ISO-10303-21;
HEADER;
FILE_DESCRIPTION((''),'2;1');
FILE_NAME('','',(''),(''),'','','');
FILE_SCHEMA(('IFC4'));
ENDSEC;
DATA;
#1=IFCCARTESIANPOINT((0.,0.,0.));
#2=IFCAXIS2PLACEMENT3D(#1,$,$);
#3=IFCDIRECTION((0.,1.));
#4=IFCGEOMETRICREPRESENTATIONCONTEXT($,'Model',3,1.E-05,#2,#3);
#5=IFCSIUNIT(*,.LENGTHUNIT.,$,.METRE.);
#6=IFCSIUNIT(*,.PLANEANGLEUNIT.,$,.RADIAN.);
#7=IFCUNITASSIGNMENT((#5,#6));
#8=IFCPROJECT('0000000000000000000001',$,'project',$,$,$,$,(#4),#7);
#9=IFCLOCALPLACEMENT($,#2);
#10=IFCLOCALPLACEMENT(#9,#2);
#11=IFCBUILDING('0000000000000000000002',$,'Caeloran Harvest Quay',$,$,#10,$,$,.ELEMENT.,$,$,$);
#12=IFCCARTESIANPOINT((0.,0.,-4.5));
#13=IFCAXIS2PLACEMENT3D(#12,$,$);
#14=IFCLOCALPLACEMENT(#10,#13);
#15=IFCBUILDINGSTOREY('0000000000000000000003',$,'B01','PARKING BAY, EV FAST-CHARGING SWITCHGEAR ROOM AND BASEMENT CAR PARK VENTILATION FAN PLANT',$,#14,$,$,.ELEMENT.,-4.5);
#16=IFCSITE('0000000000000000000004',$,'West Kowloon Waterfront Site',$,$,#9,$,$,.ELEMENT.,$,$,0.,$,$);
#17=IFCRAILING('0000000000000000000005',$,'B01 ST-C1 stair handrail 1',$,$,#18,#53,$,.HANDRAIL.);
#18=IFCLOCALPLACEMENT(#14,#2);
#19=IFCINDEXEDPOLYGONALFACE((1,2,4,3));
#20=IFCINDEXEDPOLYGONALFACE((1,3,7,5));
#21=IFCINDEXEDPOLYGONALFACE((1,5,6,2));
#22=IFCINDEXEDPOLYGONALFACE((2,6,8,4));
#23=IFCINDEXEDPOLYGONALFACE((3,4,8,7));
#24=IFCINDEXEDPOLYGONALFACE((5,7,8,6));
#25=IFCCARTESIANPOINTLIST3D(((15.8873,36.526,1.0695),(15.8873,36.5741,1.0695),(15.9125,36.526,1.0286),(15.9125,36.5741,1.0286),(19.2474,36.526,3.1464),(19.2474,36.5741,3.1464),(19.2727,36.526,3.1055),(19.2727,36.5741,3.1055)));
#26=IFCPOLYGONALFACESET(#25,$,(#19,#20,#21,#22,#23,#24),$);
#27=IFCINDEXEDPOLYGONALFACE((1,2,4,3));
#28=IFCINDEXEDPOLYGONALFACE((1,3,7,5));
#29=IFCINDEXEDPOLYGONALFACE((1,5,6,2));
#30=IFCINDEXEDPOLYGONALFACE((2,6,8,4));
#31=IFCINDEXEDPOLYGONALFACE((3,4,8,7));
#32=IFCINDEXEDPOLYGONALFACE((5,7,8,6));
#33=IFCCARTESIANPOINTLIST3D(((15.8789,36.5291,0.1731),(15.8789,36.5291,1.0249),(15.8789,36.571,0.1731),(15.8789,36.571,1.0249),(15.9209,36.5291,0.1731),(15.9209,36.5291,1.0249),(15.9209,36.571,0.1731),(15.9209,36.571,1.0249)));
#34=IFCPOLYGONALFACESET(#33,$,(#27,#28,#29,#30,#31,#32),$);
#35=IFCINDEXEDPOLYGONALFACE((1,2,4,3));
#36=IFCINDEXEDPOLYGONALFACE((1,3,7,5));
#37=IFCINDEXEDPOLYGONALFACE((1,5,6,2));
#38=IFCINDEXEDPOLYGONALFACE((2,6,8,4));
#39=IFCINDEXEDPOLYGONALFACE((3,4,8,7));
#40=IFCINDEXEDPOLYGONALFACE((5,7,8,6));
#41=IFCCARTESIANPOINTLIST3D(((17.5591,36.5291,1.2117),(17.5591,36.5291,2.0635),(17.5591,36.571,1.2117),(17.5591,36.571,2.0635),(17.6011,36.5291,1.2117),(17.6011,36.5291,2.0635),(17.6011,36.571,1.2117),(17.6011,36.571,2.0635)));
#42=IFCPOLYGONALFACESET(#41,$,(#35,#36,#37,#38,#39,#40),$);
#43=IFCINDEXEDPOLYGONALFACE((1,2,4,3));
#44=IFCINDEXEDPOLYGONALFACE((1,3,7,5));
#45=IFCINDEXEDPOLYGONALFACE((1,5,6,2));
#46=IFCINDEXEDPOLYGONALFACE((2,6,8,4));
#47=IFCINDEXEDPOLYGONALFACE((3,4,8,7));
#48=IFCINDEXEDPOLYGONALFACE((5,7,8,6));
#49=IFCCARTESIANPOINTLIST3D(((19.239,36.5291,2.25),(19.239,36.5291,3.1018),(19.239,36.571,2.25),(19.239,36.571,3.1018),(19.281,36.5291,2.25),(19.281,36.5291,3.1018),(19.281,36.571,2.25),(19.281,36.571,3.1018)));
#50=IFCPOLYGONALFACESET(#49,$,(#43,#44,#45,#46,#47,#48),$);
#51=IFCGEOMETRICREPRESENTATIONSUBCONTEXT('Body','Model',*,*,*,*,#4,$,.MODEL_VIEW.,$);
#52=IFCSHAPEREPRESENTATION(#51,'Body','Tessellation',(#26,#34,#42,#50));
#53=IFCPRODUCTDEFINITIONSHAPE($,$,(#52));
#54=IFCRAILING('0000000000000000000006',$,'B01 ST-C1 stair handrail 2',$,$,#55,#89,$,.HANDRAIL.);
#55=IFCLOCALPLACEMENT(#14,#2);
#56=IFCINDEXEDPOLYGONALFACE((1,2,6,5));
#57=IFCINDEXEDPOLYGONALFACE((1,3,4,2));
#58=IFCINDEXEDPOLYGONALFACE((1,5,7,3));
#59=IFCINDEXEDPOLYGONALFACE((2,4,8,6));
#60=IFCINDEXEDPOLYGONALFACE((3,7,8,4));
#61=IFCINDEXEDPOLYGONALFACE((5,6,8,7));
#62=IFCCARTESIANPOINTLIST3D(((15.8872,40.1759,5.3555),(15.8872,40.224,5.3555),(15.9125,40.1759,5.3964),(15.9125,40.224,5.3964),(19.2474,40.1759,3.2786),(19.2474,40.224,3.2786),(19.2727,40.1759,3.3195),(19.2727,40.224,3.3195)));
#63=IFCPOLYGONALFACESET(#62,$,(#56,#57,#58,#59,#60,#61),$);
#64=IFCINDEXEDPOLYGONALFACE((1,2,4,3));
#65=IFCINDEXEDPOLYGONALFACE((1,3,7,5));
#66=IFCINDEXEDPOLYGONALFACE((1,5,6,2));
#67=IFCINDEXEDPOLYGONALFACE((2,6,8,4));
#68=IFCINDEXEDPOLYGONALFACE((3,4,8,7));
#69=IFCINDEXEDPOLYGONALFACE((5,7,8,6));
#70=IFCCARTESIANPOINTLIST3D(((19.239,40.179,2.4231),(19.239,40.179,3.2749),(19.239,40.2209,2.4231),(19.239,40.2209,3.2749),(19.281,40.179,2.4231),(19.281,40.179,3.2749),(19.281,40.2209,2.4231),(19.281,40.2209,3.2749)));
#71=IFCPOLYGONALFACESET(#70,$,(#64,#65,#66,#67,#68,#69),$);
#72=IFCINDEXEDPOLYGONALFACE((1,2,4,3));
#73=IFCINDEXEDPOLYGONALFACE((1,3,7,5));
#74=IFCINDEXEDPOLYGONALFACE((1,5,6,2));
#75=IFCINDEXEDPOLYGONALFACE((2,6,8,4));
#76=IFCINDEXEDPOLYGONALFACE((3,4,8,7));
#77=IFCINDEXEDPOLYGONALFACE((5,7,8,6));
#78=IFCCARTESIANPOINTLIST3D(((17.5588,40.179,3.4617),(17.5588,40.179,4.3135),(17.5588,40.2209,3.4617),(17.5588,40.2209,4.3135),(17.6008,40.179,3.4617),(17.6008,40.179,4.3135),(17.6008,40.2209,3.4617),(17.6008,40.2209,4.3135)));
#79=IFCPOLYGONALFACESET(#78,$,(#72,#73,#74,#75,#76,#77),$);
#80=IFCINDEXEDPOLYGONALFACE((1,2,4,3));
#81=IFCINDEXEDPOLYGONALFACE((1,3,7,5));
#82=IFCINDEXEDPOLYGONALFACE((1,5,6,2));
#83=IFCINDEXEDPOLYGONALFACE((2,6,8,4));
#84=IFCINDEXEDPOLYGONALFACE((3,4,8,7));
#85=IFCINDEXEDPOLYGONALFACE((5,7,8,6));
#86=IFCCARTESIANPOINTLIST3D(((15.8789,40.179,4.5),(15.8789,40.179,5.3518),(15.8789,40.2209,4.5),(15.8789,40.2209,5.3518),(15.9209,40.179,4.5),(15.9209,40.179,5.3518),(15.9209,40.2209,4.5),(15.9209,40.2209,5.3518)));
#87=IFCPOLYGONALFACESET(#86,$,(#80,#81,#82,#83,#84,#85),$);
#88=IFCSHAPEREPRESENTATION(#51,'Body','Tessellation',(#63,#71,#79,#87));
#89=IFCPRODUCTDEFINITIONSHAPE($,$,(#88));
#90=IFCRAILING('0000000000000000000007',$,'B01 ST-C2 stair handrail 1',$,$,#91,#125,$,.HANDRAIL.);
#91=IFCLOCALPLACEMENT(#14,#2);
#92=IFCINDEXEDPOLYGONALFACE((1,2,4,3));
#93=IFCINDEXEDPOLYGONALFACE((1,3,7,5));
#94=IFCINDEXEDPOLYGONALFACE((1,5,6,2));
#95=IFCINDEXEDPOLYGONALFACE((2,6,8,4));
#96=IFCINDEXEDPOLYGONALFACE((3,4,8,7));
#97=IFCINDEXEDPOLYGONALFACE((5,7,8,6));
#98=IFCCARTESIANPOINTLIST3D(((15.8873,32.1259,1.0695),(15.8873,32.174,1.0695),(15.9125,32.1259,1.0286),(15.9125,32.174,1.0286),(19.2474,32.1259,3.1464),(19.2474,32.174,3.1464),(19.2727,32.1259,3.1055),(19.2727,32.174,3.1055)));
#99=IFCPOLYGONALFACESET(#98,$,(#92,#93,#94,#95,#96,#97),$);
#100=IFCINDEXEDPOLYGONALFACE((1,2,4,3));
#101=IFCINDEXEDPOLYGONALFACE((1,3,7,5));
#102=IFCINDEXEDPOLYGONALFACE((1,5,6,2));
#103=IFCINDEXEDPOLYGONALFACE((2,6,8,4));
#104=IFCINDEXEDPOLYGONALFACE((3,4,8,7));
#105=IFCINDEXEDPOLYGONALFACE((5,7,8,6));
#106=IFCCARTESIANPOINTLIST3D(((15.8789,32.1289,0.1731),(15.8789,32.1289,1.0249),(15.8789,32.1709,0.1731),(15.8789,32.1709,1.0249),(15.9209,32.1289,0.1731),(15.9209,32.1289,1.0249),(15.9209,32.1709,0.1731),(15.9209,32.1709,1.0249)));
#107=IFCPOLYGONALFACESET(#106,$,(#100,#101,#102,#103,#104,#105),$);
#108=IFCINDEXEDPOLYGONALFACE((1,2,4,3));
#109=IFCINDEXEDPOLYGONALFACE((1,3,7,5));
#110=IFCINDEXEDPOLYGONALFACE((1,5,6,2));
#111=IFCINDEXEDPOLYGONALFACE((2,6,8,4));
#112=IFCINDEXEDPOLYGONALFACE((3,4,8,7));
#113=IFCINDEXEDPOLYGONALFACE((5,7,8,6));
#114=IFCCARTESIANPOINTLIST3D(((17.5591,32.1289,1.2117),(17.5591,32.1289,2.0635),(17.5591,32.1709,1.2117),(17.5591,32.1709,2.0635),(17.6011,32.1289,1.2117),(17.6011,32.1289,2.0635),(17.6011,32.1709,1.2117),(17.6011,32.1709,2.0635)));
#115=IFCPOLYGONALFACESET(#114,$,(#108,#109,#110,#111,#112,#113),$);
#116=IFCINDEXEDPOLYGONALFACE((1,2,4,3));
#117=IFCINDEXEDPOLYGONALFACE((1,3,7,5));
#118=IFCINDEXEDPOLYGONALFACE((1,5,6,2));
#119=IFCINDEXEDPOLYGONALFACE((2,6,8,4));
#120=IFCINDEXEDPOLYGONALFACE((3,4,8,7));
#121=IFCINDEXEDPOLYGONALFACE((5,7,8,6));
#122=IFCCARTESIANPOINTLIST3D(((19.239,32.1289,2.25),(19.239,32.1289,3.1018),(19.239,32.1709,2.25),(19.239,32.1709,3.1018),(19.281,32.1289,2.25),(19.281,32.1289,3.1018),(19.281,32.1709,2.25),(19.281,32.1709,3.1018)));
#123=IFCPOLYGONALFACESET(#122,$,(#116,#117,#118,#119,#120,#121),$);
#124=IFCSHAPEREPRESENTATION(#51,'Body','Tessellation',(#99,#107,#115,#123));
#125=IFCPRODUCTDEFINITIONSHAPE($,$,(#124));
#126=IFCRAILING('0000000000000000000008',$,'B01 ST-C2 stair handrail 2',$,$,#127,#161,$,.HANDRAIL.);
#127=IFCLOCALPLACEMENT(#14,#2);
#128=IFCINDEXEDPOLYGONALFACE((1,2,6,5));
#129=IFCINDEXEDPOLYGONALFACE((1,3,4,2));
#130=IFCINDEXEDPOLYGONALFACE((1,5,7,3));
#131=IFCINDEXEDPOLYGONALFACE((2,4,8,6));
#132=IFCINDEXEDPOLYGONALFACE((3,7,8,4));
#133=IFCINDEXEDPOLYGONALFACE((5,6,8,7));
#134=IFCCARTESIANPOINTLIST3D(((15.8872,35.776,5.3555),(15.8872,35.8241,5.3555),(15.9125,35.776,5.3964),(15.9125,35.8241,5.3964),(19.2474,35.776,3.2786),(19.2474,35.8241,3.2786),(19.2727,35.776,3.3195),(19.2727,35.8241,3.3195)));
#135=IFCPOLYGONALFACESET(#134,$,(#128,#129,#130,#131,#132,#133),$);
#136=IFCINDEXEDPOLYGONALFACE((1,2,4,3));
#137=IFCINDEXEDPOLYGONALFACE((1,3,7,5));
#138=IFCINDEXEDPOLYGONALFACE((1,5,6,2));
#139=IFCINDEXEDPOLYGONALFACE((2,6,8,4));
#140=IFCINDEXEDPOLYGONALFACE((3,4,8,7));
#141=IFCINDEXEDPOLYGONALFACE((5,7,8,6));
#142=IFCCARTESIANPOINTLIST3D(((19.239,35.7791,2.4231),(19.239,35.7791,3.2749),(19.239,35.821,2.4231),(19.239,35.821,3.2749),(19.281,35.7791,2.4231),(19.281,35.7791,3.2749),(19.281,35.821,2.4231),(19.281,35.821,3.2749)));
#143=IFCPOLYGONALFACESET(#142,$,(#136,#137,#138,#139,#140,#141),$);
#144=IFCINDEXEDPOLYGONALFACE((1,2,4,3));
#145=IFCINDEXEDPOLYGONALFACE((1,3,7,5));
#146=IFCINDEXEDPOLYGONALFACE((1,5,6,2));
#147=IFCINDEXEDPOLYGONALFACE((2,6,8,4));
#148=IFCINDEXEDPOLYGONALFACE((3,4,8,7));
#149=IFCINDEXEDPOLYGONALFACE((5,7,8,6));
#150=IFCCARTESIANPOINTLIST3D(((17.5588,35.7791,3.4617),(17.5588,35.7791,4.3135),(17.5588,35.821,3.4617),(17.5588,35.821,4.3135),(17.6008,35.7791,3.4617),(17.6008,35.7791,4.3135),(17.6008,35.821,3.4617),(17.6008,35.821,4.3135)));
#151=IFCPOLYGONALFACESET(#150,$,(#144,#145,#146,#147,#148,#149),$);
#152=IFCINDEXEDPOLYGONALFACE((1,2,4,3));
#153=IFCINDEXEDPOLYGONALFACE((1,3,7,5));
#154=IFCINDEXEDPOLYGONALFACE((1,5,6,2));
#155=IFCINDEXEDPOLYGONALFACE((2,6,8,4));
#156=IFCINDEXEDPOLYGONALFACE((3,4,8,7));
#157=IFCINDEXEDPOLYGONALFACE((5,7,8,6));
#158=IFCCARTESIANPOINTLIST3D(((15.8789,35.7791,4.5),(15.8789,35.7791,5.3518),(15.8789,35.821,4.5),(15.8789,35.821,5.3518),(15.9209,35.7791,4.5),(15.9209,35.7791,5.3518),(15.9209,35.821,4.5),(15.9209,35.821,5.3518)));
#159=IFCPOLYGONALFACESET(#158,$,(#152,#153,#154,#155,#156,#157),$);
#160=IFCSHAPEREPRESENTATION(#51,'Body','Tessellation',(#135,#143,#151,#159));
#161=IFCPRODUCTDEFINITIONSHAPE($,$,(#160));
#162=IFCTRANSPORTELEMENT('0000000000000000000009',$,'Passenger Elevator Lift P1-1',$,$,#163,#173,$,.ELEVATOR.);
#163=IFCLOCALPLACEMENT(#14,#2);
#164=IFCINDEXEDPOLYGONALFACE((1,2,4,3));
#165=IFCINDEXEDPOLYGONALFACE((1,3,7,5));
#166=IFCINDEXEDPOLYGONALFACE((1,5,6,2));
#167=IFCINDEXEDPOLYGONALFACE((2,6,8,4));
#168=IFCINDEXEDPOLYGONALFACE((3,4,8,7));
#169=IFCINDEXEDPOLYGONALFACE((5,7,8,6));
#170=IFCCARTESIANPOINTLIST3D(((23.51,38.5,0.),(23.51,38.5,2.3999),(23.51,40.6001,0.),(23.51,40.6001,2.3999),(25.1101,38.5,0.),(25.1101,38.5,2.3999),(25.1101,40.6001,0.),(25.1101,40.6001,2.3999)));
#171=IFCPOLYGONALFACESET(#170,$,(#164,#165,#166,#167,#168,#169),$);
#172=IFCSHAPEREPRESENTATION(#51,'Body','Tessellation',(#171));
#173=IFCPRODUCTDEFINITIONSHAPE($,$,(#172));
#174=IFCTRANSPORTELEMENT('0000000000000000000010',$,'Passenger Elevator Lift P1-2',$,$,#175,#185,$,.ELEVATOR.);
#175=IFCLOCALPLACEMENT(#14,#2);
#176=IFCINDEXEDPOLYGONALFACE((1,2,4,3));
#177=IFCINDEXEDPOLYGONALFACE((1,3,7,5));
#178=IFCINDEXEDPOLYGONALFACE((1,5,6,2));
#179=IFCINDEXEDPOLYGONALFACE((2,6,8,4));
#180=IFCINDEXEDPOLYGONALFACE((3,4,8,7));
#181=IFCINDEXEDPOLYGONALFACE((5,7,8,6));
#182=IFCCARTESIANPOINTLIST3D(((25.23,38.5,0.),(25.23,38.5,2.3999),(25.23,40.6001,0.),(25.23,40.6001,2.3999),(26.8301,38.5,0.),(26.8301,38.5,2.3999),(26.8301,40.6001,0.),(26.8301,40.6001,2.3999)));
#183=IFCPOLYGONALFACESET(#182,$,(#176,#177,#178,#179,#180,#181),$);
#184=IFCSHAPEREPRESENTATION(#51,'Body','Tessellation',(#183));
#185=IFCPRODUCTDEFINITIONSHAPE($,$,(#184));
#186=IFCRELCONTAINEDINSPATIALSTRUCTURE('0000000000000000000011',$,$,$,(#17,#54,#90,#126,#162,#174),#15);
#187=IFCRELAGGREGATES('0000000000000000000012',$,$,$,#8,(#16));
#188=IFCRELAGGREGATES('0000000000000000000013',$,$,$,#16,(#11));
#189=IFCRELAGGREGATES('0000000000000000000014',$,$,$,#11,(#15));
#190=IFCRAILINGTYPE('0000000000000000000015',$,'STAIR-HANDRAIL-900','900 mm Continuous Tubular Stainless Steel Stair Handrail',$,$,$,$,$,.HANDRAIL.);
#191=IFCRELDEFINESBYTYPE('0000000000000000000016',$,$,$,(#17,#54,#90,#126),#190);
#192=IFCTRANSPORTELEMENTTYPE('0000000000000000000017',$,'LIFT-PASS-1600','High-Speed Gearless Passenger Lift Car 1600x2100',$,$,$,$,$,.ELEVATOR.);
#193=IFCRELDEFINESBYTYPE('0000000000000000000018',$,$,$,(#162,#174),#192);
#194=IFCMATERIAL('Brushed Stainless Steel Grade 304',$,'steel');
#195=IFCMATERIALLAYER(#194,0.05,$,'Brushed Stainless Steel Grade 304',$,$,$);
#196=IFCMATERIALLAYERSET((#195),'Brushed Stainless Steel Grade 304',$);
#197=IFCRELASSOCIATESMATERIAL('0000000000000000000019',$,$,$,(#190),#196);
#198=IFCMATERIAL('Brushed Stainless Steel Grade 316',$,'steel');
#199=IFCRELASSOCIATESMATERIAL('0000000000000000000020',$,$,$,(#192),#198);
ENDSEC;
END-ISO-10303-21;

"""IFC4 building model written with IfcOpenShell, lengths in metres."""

from ifc_helpers import new_model, si_unit, direction, frame, origin, origin_2d, place, context, subcontext, project, spatial, rectangle, extrude, material, layer, layer_set, type_object, element, save


model = new_model("IFC4")

# Units and contexts
model_context = context("Model", 3, precision=1e-05, world=origin(), true_north=direction((0.0, 1.0)))
body_context = subcontext(model_context, "Body", "Model", "MODEL_VIEW")
ifc_project = project(units=[si_unit("LENGTHUNIT", "METRE"), si_unit("PLANEANGLEUNIT", "RADIAN")], contexts=[model_context])

# Site, building, storey
site_placement = place(None, origin())
site = spatial("IfcSite", under=ifc_project, at=site_placement, Name="West Kowloon Waterfront Site", CompositionType="ELEMENT", RefElevation=0.0)
building_placement = place(site_placement, origin())
building = spatial("IfcBuilding", under=site, at=building_placement, Name="Caeloran Harvest Quay", CompositionType="ELEMENT")
storey_placement = place(building_placement, frame((0.0, 0.0, -4.5)))
storey = spatial("IfcBuildingStorey", under=building, at=storey_placement, Name="B01", Description="PARKING BAY, EV FAST-CHARGING SWITCHGEAR ROOM AND BASEMENT CAR PARK VENTILATION FAN PLANT", CompositionType="ELEMENT", Elevation=-4.5)

# Railings
ifc_material_1 = material(Name="Brushed Stainless Steel Grade 304", Category="steel")
ifc_layer_1 = layer(ifc_material_1, 0.05, Name="Brushed Stainless Steel Grade 304")
ifc_layer_set_1 = layer_set([ifc_layer_1], Name="Brushed Stainless Steel Grade 304")
railing_type_1 = type_object("IfcRailingType", Name="STAIR-HANDRAIL-900", Description="900 mm Continuous Tubular Stainless Steel Stair Handrail", PredefinedType="HANDRAIL", material=ifc_layer_set_1)
railing_1_placement = place(storey_placement, frame((15.8999, 36.55, 0.1731)))
element("IfcRailing", 1, at=railing_1_placement, inside=storey, type_object=railing_type_1, Name="B01 ST-C1 stair handrail 1", PredefinedType="HANDRAIL", context=body_context, shape_type="SweptSolid", body=[
    extrude(rectangle(XDim=0.0481, YDim=0.0481, at=origin_2d()), frame((0.0, 0.0, 0.876), z_axis=(0.850623, 0.0, 0.525776), x_axis=(0.0, 1.0, 0.0)), (0.0, 0.0, 1.0), 3.9502),
    extrude(rectangle(XDim=0.042, YDim=0.042, at=origin_2d()), origin(), (0.0, 0.0, 1.0), 0.8518),
    extrude(rectangle(XDim=0.042, YDim=0.042, at=origin_2d()), frame((1.6802, 0.0, 1.0386)), (0.0, 0.0, 1.0), 0.8518),
    extrude(rectangle(XDim=0.042, YDim=0.042, at=origin_2d()), frame((3.3601, 0.0, 2.0769)), (0.0, 0.0, 1.0), 0.8518),
])
railing_2_placement = place(storey_placement, frame((19.26, 40.2, 2.4231)))
element("IfcRailing", 2, at=railing_2_placement, inside=storey, type_object=railing_type_1, Name="B01 ST-C1 stair handrail 2", PredefinedType="HANDRAIL", context=body_context, shape_type="SweptSolid", body=[
    extrude(rectangle(XDim=0.0481, YDim=0.0481, at=origin_2d()), frame((0.0, 0.0, 0.876), z_axis=(-0.850623, 0.0, 0.525776), x_axis=(0.0, -1.0, 0.0)), (0.0, 0.0, 1.0), 3.9502),
    extrude(rectangle(XDim=0.042, YDim=0.042, at=origin_2d()), origin(), (0.0, 0.0, 1.0), 0.8518),
    extrude(rectangle(XDim=0.042, YDim=0.042, at=origin_2d()), frame((-1.6802, 0.0, 1.0386)), (0.0, 0.0, 1.0), 0.8518),
    extrude(rectangle(XDim=0.042, YDim=0.042, at=origin_2d()), frame((-3.3601, 0.0, 2.0769)), (0.0, 0.0, 1.0), 0.8518),
])
railing_3_placement = place(storey_placement, frame((15.8999, 32.1499, 0.1731)))
element("IfcRailing", 3, at=railing_3_placement, inside=storey, type_object=railing_type_1, Name="B01 ST-C2 stair handrail 1", PredefinedType="HANDRAIL", context=body_context, shape_type="SweptSolid", body=[
    extrude(rectangle(XDim=0.0481, YDim=0.0481, at=origin_2d()), frame((0.0, 0.0, 0.876), z_axis=(0.850623, 0.0, 0.525776), x_axis=(0.0, 1.0, 0.0)), (0.0, 0.0, 1.0), 3.9502),
    extrude(rectangle(XDim=0.042, YDim=0.042, at=origin_2d()), origin(), (0.0, 0.0, 1.0), 0.8518),
    extrude(rectangle(XDim=0.042, YDim=0.042, at=origin_2d()), frame((1.6802, 0.0, 1.0386)), (0.0, 0.0, 1.0), 0.8518),
    extrude(rectangle(XDim=0.042, YDim=0.042, at=origin_2d()), frame((3.3601, 0.0, 2.0769)), (0.0, 0.0, 1.0), 0.8518),
])
railing_4_placement = place(storey_placement, frame((19.26, 35.8, 2.4231)))
element("IfcRailing", 4, at=railing_4_placement, inside=storey, type_object=railing_type_1, Name="B01 ST-C2 stair handrail 2", PredefinedType="HANDRAIL", context=body_context, shape_type="SweptSolid", body=[
    extrude(rectangle(XDim=0.0481, YDim=0.0481, at=origin_2d()), frame((0.0, 0.0, 0.876), z_axis=(-0.850623, 0.0, 0.525776), x_axis=(0.0, -1.0, 0.0)), (0.0, 0.0, 1.0), 3.9502),
    extrude(rectangle(XDim=0.042, YDim=0.042, at=origin_2d()), origin(), (0.0, 0.0, 1.0), 0.8518),
    extrude(rectangle(XDim=0.042, YDim=0.042, at=origin_2d()), frame((-1.6802, 0.0, 1.0386)), (0.0, 0.0, 1.0), 0.8518),
    extrude(rectangle(XDim=0.042, YDim=0.042, at=origin_2d()), frame((-3.3601, 0.0, 2.0769)), (0.0, 0.0, 1.0), 0.8518),
])

# Transport elements
ifc_material_2 = material(Name="Brushed Stainless Steel Grade 316", Category="steel")
transport_element_type = type_object("IfcTransportElementType", Name="LIFT-PASS-1600", Description="High-Speed Gearless Passenger Lift Car 1600x2100", PredefinedType="ELEVATOR", material=ifc_material_2)
for number, where, z_axis, x_axis, name in (
    (5, (24.3101, 39.55, 0.0), (0.0, 0.0, 1.0), (1.0, 0.0, 0.0), "Passenger Elevator Lift P1-1"),
    (6, (26.03, 39.55, 0.0), (0.0, 0.0, 1.0), (1.0, 0.0, 0.0), "Passenger Elevator Lift P1-2"),
):
    element("IfcTransportElement", number, at=place(storey_placement, frame(where, z_axis=z_axis, x_axis=x_axis)), inside=storey, type_object=transport_element_type, Name=name, PredefinedType="ELEVATOR", context=body_context, shape_type="SweptSolid", body=[
        extrude(rectangle(XDim=1.6001, YDim=2.1001, at=origin_2d()), origin(), (0.0, 0.0, 1.0), 2.3999),
    ])

save(model, "model.ifc")
